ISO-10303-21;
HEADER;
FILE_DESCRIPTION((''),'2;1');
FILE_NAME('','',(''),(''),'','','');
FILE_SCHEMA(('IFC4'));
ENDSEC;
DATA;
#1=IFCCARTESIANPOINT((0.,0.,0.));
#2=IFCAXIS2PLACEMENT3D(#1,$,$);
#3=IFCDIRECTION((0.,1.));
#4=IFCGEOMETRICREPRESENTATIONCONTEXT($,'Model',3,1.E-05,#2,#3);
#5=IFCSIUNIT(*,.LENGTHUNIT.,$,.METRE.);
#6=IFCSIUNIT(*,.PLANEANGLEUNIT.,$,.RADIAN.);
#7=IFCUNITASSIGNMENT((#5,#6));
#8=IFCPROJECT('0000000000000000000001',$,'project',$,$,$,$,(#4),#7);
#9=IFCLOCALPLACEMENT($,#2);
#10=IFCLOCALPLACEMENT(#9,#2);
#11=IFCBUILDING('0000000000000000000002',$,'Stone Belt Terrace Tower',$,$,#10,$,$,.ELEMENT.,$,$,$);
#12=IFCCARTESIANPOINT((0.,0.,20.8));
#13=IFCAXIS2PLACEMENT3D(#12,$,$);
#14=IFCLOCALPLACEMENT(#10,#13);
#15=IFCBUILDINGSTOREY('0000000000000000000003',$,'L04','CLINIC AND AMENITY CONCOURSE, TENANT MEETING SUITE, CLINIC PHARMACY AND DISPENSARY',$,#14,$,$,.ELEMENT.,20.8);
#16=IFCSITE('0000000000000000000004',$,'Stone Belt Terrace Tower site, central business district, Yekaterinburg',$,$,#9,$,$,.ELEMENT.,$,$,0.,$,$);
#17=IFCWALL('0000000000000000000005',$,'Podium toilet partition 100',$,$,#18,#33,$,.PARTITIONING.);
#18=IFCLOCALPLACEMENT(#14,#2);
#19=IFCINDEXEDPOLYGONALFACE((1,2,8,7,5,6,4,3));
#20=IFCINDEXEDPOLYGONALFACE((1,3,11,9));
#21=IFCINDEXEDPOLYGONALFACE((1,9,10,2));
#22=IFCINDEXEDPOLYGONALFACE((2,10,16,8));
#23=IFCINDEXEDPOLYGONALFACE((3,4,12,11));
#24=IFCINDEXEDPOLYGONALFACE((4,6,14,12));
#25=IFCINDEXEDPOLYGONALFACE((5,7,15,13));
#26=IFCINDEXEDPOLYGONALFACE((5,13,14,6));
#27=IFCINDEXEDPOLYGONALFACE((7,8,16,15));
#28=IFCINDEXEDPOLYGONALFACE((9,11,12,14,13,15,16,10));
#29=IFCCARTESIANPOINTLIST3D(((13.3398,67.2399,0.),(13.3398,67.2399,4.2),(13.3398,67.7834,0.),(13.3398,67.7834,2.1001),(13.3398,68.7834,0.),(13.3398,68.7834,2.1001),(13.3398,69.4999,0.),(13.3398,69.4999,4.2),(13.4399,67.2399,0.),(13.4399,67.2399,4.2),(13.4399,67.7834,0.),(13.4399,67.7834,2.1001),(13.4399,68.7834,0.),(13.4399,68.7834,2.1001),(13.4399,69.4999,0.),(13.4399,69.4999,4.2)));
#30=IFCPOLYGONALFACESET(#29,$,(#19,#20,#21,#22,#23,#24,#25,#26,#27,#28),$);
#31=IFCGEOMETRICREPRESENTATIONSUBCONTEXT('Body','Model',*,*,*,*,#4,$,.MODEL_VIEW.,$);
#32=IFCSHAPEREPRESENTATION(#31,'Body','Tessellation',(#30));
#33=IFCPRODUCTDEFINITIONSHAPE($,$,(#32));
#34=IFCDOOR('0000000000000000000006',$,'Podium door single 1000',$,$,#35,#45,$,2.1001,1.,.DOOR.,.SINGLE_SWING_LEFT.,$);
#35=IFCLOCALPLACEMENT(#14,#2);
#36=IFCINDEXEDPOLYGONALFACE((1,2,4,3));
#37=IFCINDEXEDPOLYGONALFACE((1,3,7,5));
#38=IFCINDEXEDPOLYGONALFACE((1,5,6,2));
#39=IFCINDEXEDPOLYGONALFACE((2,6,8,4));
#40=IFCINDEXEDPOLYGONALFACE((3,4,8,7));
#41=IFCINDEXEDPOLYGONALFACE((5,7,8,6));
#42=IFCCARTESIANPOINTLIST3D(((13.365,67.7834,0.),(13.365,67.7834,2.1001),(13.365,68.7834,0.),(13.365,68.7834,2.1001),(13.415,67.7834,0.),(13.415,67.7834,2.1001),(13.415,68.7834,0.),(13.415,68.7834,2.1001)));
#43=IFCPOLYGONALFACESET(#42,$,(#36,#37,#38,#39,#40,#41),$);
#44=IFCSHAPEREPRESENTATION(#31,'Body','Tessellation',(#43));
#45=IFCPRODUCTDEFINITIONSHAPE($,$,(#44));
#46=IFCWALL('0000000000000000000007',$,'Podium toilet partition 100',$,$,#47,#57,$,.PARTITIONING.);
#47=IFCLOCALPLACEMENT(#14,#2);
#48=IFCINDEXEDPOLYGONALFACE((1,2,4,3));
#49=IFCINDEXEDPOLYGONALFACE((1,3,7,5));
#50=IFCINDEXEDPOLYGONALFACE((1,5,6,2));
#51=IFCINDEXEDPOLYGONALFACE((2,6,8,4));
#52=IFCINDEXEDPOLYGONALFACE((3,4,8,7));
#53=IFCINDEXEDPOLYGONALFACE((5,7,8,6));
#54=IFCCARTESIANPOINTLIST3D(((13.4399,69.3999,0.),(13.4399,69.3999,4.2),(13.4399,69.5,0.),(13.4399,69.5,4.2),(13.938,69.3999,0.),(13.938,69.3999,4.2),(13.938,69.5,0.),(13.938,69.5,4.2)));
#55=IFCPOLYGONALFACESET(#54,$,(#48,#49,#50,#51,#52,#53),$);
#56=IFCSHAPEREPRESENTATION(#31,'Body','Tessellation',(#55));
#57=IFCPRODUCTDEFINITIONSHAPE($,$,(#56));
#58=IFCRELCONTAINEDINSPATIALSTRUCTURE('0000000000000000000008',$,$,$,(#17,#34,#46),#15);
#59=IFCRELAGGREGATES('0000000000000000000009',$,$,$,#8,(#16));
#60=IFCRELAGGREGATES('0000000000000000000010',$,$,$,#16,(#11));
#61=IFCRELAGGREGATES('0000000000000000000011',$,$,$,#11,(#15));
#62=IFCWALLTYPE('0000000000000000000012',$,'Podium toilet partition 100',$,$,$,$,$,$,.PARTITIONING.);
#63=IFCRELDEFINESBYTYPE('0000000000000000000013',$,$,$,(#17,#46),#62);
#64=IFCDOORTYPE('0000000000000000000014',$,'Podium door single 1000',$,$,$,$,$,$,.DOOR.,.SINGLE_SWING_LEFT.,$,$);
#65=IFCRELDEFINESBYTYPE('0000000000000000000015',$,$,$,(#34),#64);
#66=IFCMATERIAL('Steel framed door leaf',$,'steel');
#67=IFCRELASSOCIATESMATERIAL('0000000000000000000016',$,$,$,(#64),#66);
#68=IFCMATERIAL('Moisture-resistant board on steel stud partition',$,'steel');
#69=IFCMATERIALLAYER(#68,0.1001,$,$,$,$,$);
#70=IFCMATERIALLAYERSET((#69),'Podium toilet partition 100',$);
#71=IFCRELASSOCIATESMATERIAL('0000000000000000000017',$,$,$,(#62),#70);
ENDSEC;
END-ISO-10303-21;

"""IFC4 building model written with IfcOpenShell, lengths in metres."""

from ifc_helpers import new_model, si_unit, direction, frame, frame_2d, origin, place, context, subcontext, project, spatial, rectangle, extrude, material, layer, layer_set, type_object, element, fill, save


model = new_model("IFC4")

# Units and contexts
model_context = context("Model", 3, precision=1e-05, world=origin(), true_north=direction((0.0, 1.0)))
body_context = subcontext(model_context, "Body", "Model", "MODEL_VIEW")
ifc_project = project(units=[si_unit("LENGTHUNIT", "METRE"), si_unit("PLANEANGLEUNIT", "RADIAN")], contexts=[model_context])

# Site, building, storey
site_placement = place(None, origin())
site = spatial("IfcSite", under=ifc_project, at=site_placement, Name="Stone Belt Terrace Tower site, central business district, Yekaterinburg", CompositionType="ELEMENT", RefElevation=0.0)
building_placement = place(site_placement, origin())
building = spatial("IfcBuilding", under=site, at=building_placement, Name="Stone Belt Terrace Tower", CompositionType="ELEMENT")
storey_placement = place(building_placement, frame((0.0, 0.0, 20.8)))
storey = spatial("IfcBuildingStorey", under=building, at=storey_placement, Name="L04", Description="CLINIC AND AMENITY CONCOURSE, TENANT MEETING SUITE, CLINIC PHARMACY AND DISPENSARY", CompositionType="ELEMENT", Elevation=20.8)

# Shared definitions
ifc_material_1 = material(Name="Steel framed door leaf", Category="steel")
door_type_1 = type_object("IfcDoorType", Name="Podium door single 1000", OperationType="SINGLE_SWING_LEFT", PredefinedType="DOOR", material=ifc_material_1)

# Shared definitions
ifc_material_2 = material(Name="Moisture-resistant board on steel stud partition", Category="steel")
ifc_layer_1 = layer(ifc_material_2, 0.1001)
ifc_layer_set_1 = layer_set([ifc_layer_1], Name="Podium toilet partition 100")
wall_type_1 = type_object("IfcWallType", Name="Podium toilet partition 100", PredefinedType="PARTITIONING", material=ifc_layer_set_1)

# Wall, opening, door
wall_1_placement = place(storey_placement, frame((13.3899, 67.24, 0.0), z_axis=(0.0, 0.0, 1.0), x_axis=(0.0, 1.0, 0.0)))
wall_1 = element("IfcWall", 1, at=wall_1_placement, inside=storey, type_object=wall_type_1, Name="Podium toilet partition 100", PredefinedType="PARTITIONING", context=body_context, shape_type="SweptSolid", body=[
    extrude(rectangle(XDim=2.26, YDim=0.1001, at=frame_2d((1.1299, 0.0))), origin(), (0.0, 0.0, 1.0), 4.2),
])
opening_1_placement = place(wall_1_placement, frame((0.5435, 0.0, 0.0)))
opening_1 = element("IfcOpeningElement", 2, at=opening_1_placement, cuts=wall_1, PredefinedType="OPENING", context=body_context, shape_type="SweptSolid", body=[
    extrude(rectangle(XDim=1.0, YDim=2.1001, at=frame_2d((0.5, 1.05))), frame((0.0, 0.0601, 0.0), z_axis=(0.0, -1.0, 0.0), x_axis=(1.0, 0.0, 0.0)), (0.0, 0.0, 1.0), 0.1201),
])
door_1_placement = place(opening_1_placement, origin())
door_1 = element("IfcDoor", 3, at=door_1_placement, inside=storey, type_object=door_type_1, Name="Podium door single 1000", OperationType="SINGLE_SWING_LEFT", OverallHeight=2.1001, OverallWidth=1.0, PredefinedType="DOOR", context=body_context, shape_type="SweptSolid", body=[
    extrude(rectangle(XDim=1.0, YDim=2.1001, at=frame_2d((0.5, 1.05))), frame((0.0, 0.0249, 0.0), z_axis=(0.0, -1.0, 0.0), x_axis=(1.0, 0.0, 0.0)), (0.0, 0.0, 1.0), 0.05),
])
fill(opening_1, door_1)

# Wall
wall_2_placement = place(storey_placement, frame((13.4399, 69.45, 0.0), z_axis=(0.0, 0.0, 1.0), x_axis=(1.0, 0.0, 0.0)))
element("IfcWall", 4, at=wall_2_placement, inside=storey, type_object=wall_type_1, Name="Podium toilet partition 100", PredefinedType="PARTITIONING", context=body_context, shape_type="SweptSolid", body=[
    extrude(rectangle(XDim=0.498, YDim=0.1001, at=frame_2d((0.249, 0.0))), origin(), (0.0, 0.0, 1.0), 4.2),
])

save(model, "model.ifc")
